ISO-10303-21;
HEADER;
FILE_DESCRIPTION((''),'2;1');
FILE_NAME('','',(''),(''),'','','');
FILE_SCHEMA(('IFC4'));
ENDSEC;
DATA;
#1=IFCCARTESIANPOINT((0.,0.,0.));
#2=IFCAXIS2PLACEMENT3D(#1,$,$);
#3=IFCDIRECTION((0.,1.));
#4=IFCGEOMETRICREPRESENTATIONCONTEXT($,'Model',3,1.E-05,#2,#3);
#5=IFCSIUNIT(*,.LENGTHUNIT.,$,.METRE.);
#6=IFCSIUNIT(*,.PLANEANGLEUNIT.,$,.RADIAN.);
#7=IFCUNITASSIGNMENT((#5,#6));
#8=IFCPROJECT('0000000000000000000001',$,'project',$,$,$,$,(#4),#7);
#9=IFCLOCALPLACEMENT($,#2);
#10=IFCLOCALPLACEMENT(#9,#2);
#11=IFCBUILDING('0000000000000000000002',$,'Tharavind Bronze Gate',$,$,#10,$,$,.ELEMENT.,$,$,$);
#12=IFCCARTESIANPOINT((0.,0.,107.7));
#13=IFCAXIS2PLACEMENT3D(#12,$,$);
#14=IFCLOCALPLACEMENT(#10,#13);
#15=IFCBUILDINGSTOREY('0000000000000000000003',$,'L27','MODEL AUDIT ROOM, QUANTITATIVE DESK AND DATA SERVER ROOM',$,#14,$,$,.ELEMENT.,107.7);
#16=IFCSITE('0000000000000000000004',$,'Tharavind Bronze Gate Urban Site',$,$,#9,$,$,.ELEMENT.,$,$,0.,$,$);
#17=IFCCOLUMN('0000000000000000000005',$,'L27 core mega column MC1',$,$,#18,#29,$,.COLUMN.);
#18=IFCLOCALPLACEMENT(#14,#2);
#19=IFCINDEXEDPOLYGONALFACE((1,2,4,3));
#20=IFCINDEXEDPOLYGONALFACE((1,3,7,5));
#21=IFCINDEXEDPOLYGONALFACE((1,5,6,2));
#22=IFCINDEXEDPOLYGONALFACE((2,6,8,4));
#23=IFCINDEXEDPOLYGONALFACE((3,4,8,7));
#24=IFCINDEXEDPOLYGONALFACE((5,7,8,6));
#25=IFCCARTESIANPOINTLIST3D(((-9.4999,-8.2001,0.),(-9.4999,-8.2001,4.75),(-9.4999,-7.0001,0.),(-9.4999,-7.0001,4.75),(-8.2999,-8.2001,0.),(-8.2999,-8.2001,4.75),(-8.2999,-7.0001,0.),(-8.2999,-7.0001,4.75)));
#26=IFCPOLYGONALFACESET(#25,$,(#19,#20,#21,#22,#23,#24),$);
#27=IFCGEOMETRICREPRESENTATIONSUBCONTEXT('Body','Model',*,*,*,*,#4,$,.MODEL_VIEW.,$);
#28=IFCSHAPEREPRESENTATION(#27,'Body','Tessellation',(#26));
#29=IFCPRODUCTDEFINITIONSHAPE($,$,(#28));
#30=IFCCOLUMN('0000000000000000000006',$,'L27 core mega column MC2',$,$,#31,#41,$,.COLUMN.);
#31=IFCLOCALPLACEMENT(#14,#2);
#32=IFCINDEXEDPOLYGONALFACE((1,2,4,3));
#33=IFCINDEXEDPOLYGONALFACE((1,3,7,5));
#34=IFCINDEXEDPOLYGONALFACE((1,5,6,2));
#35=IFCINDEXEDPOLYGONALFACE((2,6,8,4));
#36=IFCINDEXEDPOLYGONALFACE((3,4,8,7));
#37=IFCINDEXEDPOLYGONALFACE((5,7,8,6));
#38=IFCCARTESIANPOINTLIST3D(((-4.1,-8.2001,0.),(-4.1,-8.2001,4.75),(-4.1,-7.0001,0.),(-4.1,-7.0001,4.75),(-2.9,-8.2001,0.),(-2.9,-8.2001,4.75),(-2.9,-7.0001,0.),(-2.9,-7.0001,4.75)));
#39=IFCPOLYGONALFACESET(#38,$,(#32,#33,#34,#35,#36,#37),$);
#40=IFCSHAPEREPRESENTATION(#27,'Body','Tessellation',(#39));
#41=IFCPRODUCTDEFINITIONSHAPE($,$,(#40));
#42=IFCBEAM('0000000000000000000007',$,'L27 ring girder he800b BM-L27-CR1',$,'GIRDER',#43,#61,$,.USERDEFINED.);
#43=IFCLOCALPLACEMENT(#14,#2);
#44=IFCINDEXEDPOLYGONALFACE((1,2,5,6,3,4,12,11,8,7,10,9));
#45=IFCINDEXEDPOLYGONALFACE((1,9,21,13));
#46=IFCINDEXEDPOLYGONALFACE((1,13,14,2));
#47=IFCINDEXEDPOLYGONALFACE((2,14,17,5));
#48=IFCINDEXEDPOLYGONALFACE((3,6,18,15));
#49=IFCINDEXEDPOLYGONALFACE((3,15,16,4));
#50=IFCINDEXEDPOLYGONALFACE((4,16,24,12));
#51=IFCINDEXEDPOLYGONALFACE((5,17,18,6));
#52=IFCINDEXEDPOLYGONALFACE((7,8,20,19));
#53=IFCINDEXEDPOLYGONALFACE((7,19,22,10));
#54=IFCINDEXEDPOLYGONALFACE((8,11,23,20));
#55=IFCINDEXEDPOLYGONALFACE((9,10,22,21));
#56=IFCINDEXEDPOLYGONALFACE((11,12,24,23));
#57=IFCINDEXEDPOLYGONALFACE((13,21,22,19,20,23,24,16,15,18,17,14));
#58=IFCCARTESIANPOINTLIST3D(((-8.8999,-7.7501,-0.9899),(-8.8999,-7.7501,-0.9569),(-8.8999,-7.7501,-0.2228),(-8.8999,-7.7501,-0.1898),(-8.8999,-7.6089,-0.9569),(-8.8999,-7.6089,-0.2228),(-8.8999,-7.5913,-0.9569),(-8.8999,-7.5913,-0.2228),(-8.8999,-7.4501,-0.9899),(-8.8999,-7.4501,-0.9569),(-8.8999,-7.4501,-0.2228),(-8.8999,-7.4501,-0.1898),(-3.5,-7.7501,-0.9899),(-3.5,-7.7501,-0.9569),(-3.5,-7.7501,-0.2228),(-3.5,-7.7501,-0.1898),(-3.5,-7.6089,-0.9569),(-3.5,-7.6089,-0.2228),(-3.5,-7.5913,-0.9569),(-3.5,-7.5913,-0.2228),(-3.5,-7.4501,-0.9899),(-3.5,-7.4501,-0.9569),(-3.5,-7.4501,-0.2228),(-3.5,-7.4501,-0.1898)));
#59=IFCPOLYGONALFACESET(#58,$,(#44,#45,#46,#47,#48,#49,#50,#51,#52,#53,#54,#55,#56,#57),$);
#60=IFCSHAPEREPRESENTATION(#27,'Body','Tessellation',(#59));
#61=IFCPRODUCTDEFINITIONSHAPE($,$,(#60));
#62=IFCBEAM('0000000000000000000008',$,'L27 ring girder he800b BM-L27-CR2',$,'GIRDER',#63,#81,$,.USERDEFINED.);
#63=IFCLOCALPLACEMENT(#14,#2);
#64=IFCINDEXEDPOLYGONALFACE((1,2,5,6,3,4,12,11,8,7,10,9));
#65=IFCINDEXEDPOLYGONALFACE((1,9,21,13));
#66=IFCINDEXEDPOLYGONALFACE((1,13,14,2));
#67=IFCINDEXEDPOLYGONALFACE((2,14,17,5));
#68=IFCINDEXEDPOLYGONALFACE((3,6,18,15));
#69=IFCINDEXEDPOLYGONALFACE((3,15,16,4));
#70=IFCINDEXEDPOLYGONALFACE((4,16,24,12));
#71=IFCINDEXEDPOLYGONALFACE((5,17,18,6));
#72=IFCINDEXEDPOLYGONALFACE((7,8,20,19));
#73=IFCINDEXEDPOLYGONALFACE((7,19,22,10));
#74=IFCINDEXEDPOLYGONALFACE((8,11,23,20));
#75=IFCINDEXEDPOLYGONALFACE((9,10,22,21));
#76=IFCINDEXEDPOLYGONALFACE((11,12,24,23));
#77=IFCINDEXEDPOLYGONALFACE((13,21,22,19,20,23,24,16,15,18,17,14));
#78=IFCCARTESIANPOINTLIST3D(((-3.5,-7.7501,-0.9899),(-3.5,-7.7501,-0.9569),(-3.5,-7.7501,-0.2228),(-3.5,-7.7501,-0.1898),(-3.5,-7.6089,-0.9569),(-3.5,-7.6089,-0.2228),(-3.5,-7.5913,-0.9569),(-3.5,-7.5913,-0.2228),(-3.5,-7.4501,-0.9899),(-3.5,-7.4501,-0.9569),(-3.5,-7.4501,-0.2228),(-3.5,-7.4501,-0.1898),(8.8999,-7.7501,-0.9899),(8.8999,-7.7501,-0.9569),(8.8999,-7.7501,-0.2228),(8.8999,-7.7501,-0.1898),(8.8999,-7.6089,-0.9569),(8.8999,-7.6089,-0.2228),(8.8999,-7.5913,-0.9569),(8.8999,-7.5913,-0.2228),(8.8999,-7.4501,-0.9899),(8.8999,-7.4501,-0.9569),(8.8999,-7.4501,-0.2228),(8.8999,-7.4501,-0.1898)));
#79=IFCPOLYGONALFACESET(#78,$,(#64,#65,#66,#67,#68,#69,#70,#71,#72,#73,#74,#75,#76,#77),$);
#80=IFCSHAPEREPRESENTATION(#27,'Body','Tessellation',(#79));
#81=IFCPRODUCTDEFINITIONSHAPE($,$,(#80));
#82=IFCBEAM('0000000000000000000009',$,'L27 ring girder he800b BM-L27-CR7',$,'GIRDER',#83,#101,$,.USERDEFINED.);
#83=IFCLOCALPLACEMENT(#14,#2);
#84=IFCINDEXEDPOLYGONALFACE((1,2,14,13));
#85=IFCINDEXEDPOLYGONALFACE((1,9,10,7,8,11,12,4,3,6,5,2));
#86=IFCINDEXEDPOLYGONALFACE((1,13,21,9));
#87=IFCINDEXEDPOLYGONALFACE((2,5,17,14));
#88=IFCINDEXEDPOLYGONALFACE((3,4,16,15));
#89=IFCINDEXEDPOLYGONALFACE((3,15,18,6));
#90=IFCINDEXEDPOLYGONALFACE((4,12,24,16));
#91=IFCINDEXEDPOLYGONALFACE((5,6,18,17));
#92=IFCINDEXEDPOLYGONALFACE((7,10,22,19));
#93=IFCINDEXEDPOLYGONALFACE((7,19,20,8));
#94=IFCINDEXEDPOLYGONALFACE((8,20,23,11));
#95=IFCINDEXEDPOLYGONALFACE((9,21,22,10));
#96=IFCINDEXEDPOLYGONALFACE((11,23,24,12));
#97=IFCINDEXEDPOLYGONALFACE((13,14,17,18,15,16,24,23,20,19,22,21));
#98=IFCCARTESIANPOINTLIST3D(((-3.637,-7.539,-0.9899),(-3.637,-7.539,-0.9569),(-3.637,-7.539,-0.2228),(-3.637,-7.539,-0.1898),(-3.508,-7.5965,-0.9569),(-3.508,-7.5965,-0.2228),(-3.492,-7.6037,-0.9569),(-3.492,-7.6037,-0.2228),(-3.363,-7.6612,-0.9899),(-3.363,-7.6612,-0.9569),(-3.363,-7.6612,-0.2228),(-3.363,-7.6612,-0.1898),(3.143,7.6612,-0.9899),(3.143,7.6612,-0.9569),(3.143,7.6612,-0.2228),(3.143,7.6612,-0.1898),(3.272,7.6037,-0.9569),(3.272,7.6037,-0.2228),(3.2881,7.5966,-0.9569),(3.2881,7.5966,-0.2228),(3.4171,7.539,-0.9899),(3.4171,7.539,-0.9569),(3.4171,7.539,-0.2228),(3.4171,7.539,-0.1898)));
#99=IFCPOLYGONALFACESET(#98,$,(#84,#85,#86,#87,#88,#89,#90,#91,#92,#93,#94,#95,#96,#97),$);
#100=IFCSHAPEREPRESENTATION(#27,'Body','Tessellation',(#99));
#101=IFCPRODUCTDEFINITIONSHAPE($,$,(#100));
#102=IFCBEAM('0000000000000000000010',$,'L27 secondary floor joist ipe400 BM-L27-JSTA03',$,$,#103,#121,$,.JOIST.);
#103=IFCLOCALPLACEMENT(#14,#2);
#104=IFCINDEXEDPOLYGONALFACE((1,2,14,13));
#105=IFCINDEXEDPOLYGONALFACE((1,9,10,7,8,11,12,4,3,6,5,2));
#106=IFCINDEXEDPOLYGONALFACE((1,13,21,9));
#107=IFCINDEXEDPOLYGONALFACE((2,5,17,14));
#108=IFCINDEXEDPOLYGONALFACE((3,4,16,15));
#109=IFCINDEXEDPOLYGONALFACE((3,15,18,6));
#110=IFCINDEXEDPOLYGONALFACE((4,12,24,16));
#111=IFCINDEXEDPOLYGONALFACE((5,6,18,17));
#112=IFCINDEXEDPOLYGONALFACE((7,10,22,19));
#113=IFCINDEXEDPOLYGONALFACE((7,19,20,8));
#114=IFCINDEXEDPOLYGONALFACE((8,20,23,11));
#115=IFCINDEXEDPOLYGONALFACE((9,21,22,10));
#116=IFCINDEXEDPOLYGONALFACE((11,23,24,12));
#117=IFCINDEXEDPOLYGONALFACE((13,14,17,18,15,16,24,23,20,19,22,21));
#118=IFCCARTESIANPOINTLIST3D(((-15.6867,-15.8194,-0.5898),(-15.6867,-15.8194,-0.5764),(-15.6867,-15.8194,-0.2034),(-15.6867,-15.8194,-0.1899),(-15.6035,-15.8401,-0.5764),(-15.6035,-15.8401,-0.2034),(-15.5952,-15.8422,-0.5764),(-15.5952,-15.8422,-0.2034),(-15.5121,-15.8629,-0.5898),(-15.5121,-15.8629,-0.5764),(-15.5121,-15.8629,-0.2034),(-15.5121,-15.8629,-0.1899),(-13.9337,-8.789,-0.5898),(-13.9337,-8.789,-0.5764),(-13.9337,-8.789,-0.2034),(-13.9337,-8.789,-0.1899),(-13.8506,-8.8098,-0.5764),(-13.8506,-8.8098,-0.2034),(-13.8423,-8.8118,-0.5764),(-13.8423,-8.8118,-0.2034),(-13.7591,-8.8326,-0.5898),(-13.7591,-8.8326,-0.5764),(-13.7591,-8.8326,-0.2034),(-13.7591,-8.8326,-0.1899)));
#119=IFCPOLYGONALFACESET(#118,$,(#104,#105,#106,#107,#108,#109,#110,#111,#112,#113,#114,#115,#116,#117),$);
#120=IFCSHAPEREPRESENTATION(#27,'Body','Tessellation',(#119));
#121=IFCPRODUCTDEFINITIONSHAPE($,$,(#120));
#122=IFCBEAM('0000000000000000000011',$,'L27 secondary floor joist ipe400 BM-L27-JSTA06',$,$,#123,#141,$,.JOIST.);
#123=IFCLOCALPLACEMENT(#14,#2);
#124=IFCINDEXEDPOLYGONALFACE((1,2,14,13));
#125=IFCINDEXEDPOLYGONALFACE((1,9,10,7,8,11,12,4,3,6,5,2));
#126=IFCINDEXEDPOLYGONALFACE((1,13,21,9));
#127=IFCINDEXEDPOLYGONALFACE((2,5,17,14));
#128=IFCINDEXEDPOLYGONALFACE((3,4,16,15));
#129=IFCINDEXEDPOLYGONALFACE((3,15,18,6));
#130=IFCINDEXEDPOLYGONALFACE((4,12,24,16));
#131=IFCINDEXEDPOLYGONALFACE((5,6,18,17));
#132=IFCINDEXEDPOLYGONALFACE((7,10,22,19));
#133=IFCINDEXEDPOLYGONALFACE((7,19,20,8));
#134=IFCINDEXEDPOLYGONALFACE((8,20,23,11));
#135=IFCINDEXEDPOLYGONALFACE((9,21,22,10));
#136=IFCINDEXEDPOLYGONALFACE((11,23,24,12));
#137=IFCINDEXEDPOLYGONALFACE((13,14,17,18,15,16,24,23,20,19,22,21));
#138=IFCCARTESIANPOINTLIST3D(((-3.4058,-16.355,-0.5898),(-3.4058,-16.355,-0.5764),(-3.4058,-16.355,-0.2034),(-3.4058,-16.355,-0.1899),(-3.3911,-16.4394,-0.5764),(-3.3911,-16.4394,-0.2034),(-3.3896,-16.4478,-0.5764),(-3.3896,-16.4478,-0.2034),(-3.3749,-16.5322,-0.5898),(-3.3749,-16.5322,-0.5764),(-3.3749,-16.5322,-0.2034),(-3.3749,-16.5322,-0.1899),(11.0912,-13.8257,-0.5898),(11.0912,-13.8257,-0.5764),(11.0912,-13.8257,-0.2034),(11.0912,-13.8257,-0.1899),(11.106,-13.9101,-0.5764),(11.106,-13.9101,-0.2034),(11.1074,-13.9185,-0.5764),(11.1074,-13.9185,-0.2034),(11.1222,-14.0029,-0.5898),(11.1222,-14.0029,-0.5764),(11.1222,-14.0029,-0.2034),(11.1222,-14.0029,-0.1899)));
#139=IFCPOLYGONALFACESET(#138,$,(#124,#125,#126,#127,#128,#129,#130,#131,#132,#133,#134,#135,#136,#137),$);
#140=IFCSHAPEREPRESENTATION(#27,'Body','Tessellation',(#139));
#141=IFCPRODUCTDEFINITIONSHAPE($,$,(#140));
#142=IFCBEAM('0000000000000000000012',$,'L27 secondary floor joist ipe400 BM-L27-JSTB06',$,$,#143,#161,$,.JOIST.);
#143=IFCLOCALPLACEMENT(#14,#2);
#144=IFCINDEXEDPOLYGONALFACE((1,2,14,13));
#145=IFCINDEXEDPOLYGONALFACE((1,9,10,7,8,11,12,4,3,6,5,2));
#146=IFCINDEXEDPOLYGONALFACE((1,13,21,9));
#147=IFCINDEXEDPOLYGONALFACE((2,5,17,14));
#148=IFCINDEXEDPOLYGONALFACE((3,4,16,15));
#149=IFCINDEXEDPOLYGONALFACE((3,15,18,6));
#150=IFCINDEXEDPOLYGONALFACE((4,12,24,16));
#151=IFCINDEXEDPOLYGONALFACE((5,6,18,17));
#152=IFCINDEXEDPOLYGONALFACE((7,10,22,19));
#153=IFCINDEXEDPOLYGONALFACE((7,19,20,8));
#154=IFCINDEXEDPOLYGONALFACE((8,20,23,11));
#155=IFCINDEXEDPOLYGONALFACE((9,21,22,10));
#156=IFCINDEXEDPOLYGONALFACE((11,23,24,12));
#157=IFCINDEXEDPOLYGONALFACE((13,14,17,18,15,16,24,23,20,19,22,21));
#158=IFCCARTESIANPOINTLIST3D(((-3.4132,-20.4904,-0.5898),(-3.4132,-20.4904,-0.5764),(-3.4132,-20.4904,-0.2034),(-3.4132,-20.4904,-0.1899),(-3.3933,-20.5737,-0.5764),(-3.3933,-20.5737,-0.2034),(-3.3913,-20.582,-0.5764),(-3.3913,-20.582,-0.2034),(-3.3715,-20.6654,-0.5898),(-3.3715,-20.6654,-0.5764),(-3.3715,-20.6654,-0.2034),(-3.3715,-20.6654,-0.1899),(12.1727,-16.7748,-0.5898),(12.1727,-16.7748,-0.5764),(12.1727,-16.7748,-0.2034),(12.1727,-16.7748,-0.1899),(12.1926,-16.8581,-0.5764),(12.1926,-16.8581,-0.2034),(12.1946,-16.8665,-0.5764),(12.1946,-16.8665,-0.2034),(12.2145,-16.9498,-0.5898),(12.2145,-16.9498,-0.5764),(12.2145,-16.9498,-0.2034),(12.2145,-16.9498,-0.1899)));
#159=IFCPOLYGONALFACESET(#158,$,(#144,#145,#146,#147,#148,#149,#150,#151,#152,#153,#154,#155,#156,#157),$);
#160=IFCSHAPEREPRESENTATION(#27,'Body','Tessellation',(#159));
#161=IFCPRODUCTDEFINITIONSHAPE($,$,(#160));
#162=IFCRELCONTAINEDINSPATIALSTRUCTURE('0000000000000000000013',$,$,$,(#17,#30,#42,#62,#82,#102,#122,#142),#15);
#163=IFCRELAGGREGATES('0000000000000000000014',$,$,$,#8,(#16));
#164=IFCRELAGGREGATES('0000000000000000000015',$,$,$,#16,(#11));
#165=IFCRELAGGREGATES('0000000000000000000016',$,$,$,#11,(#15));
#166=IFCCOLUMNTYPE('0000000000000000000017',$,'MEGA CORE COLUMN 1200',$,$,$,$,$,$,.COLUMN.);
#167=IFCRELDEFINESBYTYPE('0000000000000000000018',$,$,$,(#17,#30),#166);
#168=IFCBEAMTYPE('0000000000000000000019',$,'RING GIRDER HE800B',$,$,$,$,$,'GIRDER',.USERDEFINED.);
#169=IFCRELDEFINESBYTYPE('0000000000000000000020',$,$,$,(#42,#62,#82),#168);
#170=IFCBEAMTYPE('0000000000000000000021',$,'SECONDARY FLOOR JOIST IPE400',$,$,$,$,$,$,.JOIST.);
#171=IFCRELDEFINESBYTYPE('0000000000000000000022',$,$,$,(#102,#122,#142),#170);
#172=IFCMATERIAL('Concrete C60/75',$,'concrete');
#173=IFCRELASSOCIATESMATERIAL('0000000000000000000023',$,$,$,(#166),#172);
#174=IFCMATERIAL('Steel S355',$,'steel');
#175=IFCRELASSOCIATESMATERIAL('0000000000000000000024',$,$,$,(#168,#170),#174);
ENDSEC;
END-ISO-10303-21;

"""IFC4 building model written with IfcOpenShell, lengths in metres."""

from ifc_helpers import new_model, si_unit, direction, frame, origin, origin_2d, place, context, subcontext, project, spatial, rectangle, i_section, extrude, material, material_profile, profile_set, type_object, element, save


model = new_model("IFC4")

# Units and contexts
model_context = context("Model", 3, precision=1e-05, world=origin(), true_north=direction((0.0, 1.0)))
body_context = subcontext(model_context, "Body", "Model", "MODEL_VIEW")
ifc_project = project(units=[si_unit("LENGTHUNIT", "METRE"), si_unit("PLANEANGLEUNIT", "RADIAN")], contexts=[model_context])

# Site, building, storey
site_placement = place(None, origin())
site = spatial("IfcSite", under=ifc_project, at=site_placement, Name="Tharavind Bronze Gate Urban Site", CompositionType="ELEMENT", RefElevation=0.0)
building_placement = place(site_placement, origin())
building = spatial("IfcBuilding", under=site, at=building_placement, Name="Tharavind Bronze Gate", CompositionType="ELEMENT")
storey_placement = place(building_placement, frame((0.0, 0.0, 107.7)))
storey = spatial("IfcBuildingStorey", under=building, at=storey_placement, Name="L27", Description="MODEL AUDIT ROOM, QUANTITATIVE DESK AND DATA SERVER ROOM", CompositionType="ELEMENT", Elevation=107.7)

# Columns
ifc_material_1 = material(Name="Concrete C60/75", Category="concrete")
ifc_material_profile_1 = material_profile(ifc_material_1, rectangle(XDim=1.2, YDim=1.2, at=origin_2d()), Name="RCCOL1200")
ifc_profile_set_1 = profile_set([ifc_material_profile_1], Name="Concrete C60/75")
column_type = type_object("IfcColumnType", Name="MEGA CORE COLUMN 1200", PredefinedType="COLUMN", material=ifc_profile_set_1)
for number, where, z_axis, x_axis, name in (
    (1, (-8.8999, -7.6001, 0.0), (0.0, 0.0, 1.0), (1.0, 0.0, 0.0), "L27 core mega column MC1"),
    (2, (-3.5, -7.6001, 0.0), (0.0, 0.0, 1.0), (1.0, 0.0, 0.0), "L27 core mega column MC2"),
):
    element("IfcColumn", number, at=place(storey_placement, frame(where, z_axis=z_axis, x_axis=x_axis)), inside=storey, type_object=column_type, Name=name, PredefinedType="COLUMN", context=body_context, shape_type="SweptSolid", body=[
        extrude(rectangle(XDim=1.2, YDim=1.2, at=origin_2d()), origin(), (0.0, 0.0, 1.0), 4.75),
    ])

# Beams
ifc_material_2 = material(Name="Steel S355", Category="steel")
ifc_material_profile_2 = material_profile(ifc_material_2, i_section(OverallWidth=0.3, OverallDepth=0.8, WebThickness=0.0176, FlangeThickness=0.033, at=origin_2d()), Name="HE800B")
ifc_profile_set_2 = profile_set([ifc_material_profile_2], Name="Steel S355")
beam_type_1 = type_object("IfcBeamType", Name="RING GIRDER HE800B", ElementType="GIRDER", PredefinedType="USERDEFINED", material=ifc_profile_set_2)
beam_1_placement = place(storey_placement, frame((-8.8999, -7.6001, -0.5898), z_axis=(1.0, 0.0, 0.0), x_axis=(0.0, 1.0, 0.0)))
element("IfcBeam", 3, at=beam_1_placement, inside=storey, type_object=beam_type_1, Name="L27 ring girder he800b BM-L27-CR1", ObjectType="GIRDER", PredefinedType="USERDEFINED", context=body_context, shape_type="SweptSolid", body=[
    extrude(i_section(OverallWidth=0.3, OverallDepth=0.8, WebThickness=0.0176, FlangeThickness=0.033, at=origin_2d()), origin(), (0.0, 0.0, 1.0), 5.3999),
])
beam_2_placement = place(storey_placement, frame((-3.5, -7.6001, -0.5898), z_axis=(1.0, 0.0, 0.0), x_axis=(0.0, 1.0, 0.0)))
element("IfcBeam", 4, at=beam_2_placement, inside=storey, type_object=beam_type_1, Name="L27 ring girder he800b BM-L27-CR2", ObjectType="GIRDER", PredefinedType="USERDEFINED", context=body_context, shape_type="SweptSolid", body=[
    extrude(i_section(OverallWidth=0.3, OverallDepth=0.8, WebThickness=0.0176, FlangeThickness=0.033, at=origin_2d()), origin(), (0.0, 0.0, 1.0), 12.3999),
])
beam_3_placement = place(storey_placement, frame((-3.5, -7.6001, -0.5898), z_axis=(0.407362, 0.913267, 0.0), x_axis=(-0.913267, 0.407362, 0.0)))
element("IfcBeam", 5, at=beam_3_placement, inside=storey, type_object=beam_type_1, Name="L27 ring girder he800b BM-L27-CR7", ObjectType="GIRDER", PredefinedType="USERDEFINED", context=body_context, shape_type="SweptSolid", body=[
    extrude(i_section(OverallWidth=0.3, OverallDepth=0.8, WebThickness=0.0176, FlangeThickness=0.033, at=origin_2d()), origin(), (0.0, 0.0, 1.0), 16.6438),
])
ifc_material_profile_3 = material_profile(ifc_material_2, i_section(OverallWidth=0.1799, OverallDepth=0.3999, WebThickness=0.0085, FlangeThickness=0.0134, at=origin_2d()), Name="IPE400")
ifc_profile_set_3 = profile_set([ifc_material_profile_3], Name="Steel S355")
beam_type_2 = type_object("IfcBeamType", Name="SECONDARY FLOOR JOIST IPE400", PredefinedType="JOIST", material=ifc_profile_set_3)
beam_4_placement = place(storey_placement, frame((-13.8464, -8.8108, -0.3899), z_axis=(-0.241933, -0.970293, 0.0), x_axis=(0.970293, -0.241933, 0.0)))
element("IfcBeam", 6, at=beam_4_placement, inside=storey, type_object=beam_type_2, Name="L27 secondary floor joist ipe400 BM-L27-JSTA03", PredefinedType="JOIST", context=body_context, shape_type="SweptSolid", body=[
    extrude(i_section(OverallWidth=0.1799, OverallDepth=0.3999, WebThickness=0.0085, FlangeThickness=0.0134, at=origin_2d()), origin(), (0.0, 0.0, 1.0), 7.2456),
])
beam_5_placement = place(storey_placement, frame((-3.3904, -16.4436, -0.3899), z_axis=(0.985119, 0.171873, 0.0), x_axis=(-0.171873, 0.985119, 0.0)))
element("IfcBeam", 7, at=beam_5_placement, inside=storey, type_object=beam_type_2, Name="L27 secondary floor joist ipe400 BM-L27-JSTA06", PredefinedType="JOIST", context=body_context, shape_type="SweptSolid", body=[
    extrude(i_section(OverallWidth=0.1799, OverallDepth=0.3999, WebThickness=0.0085, FlangeThickness=0.0134, at=origin_2d()), origin(), (0.0, 0.0, 1.0), 14.7161),
])
beam_6_placement = place(storey_placement, frame((-3.3923, -20.5779, -0.3899), z_axis=(0.972741, 0.231894, 0.0), x_axis=(-0.231894, 0.972741, 0.0)))
element("IfcBeam", 8, at=beam_6_placement, inside=storey, type_object=beam_type_2, Name="L27 secondary floor joist ipe400 BM-L27-JSTB06", PredefinedType="JOIST", context=body_context, shape_type="SweptSolid", body=[
    extrude(i_section(OverallWidth=0.1799, OverallDepth=0.3999, WebThickness=0.0085, FlangeThickness=0.0134, at=origin_2d()), origin(), (0.0, 0.0, 1.0), 16.0227),
])

save(model, "model.ifc")
